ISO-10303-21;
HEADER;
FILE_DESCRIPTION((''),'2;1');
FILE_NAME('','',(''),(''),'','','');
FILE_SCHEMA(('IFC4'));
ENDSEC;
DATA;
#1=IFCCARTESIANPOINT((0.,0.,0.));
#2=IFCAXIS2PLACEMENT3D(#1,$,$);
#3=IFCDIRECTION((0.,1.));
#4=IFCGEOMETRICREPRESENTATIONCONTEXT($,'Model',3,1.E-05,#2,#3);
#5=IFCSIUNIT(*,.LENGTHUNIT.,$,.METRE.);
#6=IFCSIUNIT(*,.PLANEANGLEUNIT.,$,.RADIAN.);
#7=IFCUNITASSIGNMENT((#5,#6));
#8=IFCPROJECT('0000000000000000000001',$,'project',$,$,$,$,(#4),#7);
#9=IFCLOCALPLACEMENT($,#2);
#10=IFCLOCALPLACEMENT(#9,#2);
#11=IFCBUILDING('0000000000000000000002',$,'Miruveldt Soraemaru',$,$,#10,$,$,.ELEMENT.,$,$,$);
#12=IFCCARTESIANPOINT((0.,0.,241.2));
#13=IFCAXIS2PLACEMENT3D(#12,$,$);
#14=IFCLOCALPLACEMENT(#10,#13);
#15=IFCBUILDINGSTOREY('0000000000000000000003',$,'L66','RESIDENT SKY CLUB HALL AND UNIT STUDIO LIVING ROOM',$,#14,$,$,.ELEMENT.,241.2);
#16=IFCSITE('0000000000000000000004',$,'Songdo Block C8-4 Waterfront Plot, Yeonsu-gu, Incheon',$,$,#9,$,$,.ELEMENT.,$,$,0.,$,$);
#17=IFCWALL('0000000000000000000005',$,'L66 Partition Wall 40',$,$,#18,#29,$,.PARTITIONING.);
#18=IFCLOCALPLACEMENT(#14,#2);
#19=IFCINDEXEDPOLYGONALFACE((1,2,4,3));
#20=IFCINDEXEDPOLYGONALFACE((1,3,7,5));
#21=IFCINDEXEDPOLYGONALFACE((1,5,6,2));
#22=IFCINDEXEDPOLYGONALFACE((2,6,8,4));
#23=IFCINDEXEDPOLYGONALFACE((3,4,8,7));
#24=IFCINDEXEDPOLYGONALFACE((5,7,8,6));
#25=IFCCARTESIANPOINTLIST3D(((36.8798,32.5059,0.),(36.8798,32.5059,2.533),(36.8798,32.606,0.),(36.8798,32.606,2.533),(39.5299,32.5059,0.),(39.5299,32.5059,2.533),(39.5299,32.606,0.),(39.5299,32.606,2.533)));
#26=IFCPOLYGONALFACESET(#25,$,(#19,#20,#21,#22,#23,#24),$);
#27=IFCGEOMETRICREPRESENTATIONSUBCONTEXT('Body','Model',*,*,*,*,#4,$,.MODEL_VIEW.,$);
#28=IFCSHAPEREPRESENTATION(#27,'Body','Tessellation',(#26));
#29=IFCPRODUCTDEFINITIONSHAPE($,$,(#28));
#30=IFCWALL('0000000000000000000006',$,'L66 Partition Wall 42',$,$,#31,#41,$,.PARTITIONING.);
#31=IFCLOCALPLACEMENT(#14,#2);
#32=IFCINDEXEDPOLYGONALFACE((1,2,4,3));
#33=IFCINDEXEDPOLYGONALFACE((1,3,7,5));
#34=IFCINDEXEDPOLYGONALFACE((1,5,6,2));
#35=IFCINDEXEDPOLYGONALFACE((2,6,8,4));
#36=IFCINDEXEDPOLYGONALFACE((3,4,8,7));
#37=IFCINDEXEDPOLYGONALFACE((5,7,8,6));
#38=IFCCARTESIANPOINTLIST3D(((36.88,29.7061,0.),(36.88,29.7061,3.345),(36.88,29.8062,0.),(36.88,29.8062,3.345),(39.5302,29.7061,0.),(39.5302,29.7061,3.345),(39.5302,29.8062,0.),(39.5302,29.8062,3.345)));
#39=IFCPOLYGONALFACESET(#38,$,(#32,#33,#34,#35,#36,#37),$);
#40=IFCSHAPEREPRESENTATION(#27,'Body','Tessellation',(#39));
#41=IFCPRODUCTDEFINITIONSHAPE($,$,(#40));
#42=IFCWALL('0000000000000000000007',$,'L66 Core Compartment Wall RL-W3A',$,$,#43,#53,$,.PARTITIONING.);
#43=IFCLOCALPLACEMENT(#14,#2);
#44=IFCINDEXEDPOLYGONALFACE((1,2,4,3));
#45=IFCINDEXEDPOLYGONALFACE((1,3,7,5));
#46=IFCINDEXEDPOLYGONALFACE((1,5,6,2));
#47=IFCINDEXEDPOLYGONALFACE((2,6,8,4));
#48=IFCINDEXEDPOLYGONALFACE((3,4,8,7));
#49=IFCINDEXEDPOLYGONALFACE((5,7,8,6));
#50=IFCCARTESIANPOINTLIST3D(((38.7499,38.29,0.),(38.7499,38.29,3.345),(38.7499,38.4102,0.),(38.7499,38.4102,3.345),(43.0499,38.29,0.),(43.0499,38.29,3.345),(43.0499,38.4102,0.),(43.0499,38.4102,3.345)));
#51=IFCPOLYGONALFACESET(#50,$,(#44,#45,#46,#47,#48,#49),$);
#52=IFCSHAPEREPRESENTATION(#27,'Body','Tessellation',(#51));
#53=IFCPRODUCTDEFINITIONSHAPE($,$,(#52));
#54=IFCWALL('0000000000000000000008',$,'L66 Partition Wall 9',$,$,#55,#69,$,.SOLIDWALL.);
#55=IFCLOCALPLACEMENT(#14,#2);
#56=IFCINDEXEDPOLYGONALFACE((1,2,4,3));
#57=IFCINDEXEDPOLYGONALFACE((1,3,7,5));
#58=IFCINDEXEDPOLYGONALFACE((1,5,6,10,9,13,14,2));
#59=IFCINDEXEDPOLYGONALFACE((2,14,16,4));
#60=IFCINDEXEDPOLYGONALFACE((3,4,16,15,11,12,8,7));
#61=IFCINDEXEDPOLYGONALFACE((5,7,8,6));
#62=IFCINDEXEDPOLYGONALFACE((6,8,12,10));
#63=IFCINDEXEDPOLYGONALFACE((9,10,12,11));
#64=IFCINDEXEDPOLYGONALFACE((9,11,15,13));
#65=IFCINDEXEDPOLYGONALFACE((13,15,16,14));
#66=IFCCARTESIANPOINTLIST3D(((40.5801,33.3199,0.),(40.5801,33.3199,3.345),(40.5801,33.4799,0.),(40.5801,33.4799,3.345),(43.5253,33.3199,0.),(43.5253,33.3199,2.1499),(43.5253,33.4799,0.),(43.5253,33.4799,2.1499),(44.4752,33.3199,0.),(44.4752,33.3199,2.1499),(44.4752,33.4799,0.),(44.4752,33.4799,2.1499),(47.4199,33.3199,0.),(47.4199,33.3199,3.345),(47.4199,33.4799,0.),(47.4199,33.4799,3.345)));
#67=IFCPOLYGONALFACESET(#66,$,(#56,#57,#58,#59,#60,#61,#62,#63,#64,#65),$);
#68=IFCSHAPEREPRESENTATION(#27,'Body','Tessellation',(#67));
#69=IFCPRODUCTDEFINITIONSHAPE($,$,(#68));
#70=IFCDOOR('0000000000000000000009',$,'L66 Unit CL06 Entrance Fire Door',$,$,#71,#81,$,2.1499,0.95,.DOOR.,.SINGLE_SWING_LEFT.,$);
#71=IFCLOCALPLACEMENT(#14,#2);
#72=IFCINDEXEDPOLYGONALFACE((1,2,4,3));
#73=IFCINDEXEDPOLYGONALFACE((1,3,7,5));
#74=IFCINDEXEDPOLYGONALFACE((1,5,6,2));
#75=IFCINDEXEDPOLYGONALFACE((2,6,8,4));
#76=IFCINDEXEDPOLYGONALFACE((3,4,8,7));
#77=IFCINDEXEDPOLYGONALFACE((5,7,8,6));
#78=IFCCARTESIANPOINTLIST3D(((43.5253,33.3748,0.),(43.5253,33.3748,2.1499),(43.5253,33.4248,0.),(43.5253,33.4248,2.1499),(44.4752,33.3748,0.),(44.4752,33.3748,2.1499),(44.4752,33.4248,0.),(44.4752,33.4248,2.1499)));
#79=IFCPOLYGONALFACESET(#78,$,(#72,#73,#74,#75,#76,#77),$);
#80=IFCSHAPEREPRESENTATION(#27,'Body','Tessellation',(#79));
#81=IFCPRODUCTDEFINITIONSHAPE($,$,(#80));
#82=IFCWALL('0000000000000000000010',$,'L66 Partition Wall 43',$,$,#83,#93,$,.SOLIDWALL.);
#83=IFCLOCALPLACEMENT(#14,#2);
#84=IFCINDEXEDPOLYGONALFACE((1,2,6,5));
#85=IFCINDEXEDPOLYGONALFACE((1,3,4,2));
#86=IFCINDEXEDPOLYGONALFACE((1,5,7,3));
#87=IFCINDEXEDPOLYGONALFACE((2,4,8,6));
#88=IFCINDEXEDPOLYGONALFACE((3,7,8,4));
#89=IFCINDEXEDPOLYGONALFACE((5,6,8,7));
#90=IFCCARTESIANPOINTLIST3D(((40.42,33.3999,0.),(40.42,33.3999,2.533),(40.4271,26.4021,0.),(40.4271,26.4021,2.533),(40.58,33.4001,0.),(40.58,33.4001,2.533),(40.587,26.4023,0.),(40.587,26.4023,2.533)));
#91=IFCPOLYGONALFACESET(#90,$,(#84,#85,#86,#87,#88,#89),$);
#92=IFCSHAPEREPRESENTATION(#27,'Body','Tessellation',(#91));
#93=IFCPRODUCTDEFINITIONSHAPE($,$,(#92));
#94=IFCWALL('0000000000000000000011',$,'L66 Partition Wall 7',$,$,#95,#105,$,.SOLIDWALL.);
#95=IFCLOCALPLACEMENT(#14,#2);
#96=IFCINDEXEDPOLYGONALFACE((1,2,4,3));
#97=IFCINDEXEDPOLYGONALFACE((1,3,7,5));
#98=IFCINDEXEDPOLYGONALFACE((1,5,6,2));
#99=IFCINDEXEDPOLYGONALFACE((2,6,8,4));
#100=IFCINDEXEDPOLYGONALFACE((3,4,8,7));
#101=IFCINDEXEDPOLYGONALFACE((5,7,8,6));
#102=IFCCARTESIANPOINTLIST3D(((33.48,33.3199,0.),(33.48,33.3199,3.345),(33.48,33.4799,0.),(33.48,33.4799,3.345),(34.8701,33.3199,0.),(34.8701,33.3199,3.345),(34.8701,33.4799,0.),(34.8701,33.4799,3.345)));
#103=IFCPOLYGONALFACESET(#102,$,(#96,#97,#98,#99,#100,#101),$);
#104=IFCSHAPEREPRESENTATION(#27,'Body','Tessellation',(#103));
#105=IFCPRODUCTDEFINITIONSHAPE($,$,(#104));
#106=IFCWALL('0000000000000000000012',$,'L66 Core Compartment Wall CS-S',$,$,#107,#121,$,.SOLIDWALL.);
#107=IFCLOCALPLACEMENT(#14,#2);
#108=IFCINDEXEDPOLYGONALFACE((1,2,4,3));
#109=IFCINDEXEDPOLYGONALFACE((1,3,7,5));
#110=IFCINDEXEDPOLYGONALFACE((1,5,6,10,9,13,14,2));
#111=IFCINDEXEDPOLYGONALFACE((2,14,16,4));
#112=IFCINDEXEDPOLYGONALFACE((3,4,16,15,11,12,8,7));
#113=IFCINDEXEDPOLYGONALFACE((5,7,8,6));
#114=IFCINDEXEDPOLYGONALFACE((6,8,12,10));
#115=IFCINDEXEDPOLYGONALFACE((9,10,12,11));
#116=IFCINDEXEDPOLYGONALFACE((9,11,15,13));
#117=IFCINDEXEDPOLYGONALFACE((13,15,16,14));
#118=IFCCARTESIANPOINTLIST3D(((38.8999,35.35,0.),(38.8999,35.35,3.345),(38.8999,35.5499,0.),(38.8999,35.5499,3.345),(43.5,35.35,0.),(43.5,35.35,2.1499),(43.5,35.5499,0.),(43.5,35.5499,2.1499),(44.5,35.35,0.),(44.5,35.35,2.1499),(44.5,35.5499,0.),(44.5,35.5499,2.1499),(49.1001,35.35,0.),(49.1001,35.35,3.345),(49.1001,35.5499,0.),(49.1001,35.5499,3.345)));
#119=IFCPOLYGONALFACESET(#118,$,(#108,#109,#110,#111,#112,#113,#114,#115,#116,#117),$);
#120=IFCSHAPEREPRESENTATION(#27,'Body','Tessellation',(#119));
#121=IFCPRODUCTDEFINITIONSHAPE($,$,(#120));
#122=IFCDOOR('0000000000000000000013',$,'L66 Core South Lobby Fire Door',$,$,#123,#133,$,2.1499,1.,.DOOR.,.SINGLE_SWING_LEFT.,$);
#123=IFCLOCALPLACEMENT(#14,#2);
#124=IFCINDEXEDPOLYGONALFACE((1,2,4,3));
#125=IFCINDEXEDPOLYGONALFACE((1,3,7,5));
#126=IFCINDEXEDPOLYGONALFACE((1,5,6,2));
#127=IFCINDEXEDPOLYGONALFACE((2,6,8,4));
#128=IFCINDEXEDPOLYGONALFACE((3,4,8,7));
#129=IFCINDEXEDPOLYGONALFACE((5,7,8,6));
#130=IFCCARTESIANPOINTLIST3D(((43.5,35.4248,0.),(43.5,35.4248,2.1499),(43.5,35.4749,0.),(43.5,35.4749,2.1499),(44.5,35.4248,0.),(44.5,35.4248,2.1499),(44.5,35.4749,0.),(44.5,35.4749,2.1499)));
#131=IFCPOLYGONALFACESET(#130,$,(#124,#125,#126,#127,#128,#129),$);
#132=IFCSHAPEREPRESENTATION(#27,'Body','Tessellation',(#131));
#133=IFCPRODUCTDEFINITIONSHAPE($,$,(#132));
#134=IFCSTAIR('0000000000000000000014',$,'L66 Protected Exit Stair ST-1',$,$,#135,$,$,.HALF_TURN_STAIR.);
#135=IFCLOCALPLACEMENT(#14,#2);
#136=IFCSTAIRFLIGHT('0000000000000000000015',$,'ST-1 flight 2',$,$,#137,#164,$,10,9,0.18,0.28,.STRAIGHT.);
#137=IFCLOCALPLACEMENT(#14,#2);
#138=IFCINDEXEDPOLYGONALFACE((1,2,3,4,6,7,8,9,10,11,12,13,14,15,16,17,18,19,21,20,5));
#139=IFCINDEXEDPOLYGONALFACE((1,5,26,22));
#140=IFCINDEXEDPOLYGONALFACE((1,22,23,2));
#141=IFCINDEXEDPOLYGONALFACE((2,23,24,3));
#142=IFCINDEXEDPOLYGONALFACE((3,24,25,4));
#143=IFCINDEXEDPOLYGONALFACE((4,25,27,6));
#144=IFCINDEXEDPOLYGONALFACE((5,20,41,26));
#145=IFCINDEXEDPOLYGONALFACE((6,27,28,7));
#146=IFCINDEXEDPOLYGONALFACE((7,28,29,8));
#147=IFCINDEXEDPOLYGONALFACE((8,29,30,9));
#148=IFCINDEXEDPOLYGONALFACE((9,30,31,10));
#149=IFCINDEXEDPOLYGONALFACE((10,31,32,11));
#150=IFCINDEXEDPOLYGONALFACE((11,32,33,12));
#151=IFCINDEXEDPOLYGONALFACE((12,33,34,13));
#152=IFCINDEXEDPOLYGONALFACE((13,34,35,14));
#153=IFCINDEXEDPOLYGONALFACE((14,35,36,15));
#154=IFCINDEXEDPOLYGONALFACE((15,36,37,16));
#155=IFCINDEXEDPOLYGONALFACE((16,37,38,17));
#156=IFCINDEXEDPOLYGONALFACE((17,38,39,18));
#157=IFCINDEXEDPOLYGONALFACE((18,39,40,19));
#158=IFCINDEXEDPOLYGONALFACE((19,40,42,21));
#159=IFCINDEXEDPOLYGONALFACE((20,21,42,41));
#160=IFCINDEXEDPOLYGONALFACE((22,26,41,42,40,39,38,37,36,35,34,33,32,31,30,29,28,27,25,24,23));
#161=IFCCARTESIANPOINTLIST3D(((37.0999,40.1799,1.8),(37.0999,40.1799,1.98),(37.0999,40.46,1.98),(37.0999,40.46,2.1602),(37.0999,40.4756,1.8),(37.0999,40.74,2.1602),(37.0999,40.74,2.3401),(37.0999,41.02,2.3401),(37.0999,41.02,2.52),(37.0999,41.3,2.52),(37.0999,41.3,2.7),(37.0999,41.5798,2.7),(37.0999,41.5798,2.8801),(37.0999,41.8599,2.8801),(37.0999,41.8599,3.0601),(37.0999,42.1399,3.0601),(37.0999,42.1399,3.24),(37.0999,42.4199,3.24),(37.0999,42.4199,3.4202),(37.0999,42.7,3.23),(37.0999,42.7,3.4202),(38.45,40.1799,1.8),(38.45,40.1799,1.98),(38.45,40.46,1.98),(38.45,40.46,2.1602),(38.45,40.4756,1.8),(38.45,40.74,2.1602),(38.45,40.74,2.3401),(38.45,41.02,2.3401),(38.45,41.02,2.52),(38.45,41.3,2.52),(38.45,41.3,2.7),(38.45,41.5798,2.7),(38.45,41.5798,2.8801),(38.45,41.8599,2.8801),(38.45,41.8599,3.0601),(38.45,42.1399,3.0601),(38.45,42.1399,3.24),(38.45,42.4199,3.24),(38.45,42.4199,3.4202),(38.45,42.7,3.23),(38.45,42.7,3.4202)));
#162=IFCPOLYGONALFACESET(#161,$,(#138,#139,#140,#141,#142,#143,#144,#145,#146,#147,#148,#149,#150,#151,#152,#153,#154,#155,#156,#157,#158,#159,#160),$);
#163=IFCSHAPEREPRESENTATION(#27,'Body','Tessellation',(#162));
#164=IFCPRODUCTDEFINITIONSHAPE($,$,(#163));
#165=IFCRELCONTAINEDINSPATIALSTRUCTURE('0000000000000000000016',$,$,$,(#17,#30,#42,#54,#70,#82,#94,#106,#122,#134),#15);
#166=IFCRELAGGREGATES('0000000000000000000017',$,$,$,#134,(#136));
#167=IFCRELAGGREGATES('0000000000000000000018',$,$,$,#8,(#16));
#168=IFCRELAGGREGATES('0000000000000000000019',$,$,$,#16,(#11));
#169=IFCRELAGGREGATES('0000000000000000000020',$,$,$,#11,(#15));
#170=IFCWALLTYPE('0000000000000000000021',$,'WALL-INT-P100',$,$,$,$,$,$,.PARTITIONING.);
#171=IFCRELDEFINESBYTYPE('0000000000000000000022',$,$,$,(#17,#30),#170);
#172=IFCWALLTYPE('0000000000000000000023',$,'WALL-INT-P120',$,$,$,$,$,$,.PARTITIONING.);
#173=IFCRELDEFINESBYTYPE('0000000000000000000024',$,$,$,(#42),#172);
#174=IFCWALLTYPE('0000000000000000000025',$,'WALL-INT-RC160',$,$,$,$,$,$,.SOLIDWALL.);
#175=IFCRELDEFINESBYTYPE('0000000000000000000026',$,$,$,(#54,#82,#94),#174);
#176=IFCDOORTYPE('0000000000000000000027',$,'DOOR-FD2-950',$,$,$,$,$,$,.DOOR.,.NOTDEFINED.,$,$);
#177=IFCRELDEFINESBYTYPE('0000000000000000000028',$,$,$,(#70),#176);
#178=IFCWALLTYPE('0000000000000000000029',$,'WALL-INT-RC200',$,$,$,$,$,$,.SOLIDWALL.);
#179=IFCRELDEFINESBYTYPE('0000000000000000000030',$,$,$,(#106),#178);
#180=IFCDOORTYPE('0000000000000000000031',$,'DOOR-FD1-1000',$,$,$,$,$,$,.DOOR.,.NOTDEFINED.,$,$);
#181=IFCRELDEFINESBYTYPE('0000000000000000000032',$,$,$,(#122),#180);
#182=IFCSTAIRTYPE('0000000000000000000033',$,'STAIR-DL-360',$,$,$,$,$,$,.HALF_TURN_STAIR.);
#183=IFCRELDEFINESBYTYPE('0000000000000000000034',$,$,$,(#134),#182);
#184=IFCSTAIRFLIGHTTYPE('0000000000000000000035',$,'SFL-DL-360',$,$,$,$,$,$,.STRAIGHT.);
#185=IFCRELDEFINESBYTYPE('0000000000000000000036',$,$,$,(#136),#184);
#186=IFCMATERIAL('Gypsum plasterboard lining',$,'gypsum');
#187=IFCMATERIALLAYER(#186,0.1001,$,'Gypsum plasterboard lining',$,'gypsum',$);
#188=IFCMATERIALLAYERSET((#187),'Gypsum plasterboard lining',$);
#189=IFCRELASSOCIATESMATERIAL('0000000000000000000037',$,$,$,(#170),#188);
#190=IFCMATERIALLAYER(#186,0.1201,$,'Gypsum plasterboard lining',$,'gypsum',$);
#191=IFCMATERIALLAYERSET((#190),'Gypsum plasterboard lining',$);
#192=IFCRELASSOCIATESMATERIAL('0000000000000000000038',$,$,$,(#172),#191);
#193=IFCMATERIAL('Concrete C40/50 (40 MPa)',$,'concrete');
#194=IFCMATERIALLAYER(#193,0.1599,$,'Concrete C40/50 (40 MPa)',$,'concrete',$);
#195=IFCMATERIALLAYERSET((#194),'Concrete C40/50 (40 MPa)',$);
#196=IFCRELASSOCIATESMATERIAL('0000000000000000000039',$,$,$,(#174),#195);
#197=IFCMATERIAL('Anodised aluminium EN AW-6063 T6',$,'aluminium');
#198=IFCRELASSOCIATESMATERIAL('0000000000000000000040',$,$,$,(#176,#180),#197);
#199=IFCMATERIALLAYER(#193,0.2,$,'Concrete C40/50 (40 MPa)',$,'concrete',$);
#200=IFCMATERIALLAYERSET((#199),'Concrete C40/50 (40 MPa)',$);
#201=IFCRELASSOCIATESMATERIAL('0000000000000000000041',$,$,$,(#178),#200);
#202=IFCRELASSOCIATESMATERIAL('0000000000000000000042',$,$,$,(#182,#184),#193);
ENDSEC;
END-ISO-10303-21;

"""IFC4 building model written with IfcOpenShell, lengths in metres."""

from ifc_helpers import new_model, si_unit, direction, frame, frame_2d, origin, place, context, subcontext, project, spatial, polyline, rectangle, outline, extrude, material, layer, layer_set, type_object, element, fill, aggregate, save


model = new_model("IFC4")

# Units and contexts
model_context = context("Model", 3, precision=1e-05, world=origin(), true_north=direction((0.0, 1.0)))
body_context = subcontext(model_context, "Body", "Model", "MODEL_VIEW")
ifc_project = project(units=[si_unit("LENGTHUNIT", "METRE"), si_unit("PLANEANGLEUNIT", "RADIAN")], contexts=[model_context])

# Site, building, storey
site_placement = place(None, origin())
site = spatial("IfcSite", under=ifc_project, at=site_placement, Name="Songdo Block C8-4 Waterfront Plot, Yeonsu-gu, Incheon", CompositionType="ELEMENT", RefElevation=0.0)
building_placement = place(site_placement, origin())
building = spatial("IfcBuilding", under=site, at=building_placement, Name="Miruveldt Soraemaru", CompositionType="ELEMENT")
storey_placement = place(building_placement, frame((0.0, 0.0, 241.2)))
storey = spatial("IfcBuildingStorey", under=building, at=storey_placement, Name="L66", Description="RESIDENT SKY CLUB HALL AND UNIT STUDIO LIVING ROOM", CompositionType="ELEMENT", Elevation=241.2)

# Shared definitions
ifc_material_1 = material(Name="Gypsum plasterboard lining", Category="gypsum")
ifc_layer_1 = layer(ifc_material_1, 0.1001, Name="Gypsum plasterboard lining", Category="gypsum")
ifc_layer_set_1 = layer_set([ifc_layer_1], Name="Gypsum plasterboard lining")
wall_type_1 = type_object("IfcWallType", Name="WALL-INT-P100", PredefinedType="PARTITIONING", material=ifc_layer_set_1)
ifc_material_2 = material(Name="Anodised aluminium EN AW-6063 T6", Category="aluminium")

# Walls
wall_1_placement = place(storey_placement, frame((39.53, 32.5559, 0.0), z_axis=(0.0, 0.0, 1.0), x_axis=(-1.0, 0.0, 0.0)))
element("IfcWall", 1, at=wall_1_placement, inside=storey, type_object=wall_type_1, Name="L66 Partition Wall 40", PredefinedType="PARTITIONING", context=body_context, shape_type="SweptSolid", body=[
    extrude(rectangle(XDim=2.6501, YDim=0.1001, at=frame_2d((1.3252, 0.0))), origin(), (0.0, 0.0, 1.0), 2.533),
])
wall_2_placement = place(storey_placement, frame((36.8799, 29.7561, 0.0), z_axis=(0.0, 0.0, 1.0), x_axis=(1.0, 0.0, 0.0)))
element("IfcWall", 2, at=wall_2_placement, inside=storey, type_object=wall_type_1, Name="L66 Partition Wall 42", PredefinedType="PARTITIONING", context=body_context, shape_type="SweptSolid", body=[
    extrude(rectangle(XDim=2.6501, YDim=0.1001, at=frame_2d((1.3252, 0.0))), origin(), (0.0, 0.0, 1.0), 3.345),
])
ifc_layer_2 = layer(ifc_material_1, 0.1201, Name="Gypsum plasterboard lining", Category="gypsum")
ifc_layer_set_2 = layer_set([ifc_layer_2], Name="Gypsum plasterboard lining")
wall_type_2 = type_object("IfcWallType", Name="WALL-INT-P120", PredefinedType="PARTITIONING", material=ifc_layer_set_2)
wall_3_placement = place(storey_placement, frame((38.75, 38.3501, 0.0), z_axis=(0.0, 0.0, 1.0), x_axis=(1.0, 0.0, 0.0)))
element("IfcWall", 3, at=wall_3_placement, inside=storey, type_object=wall_type_2, Name="L66 Core Compartment Wall RL-W3A", PredefinedType="PARTITIONING", context=body_context, shape_type="SweptSolid", body=[
    extrude(rectangle(XDim=4.3, YDim=0.1201, at=frame_2d((2.1499, 0.0))), origin(), (0.0, 0.0, 1.0), 3.345),
])

# Wall, opening, door
ifc_material_3 = material(Name="Concrete C40/50 (40 MPa)", Category="concrete")
ifc_layer_3 = layer(ifc_material_3, 0.1599, Name="Concrete C40/50 (40 MPa)", Category="concrete")
ifc_layer_set_3 = layer_set([ifc_layer_3], Name="Concrete C40/50 (40 MPa)")
wall_type_3 = type_object("IfcWallType", Name="WALL-INT-RC160", PredefinedType="SOLIDWALL", material=ifc_layer_set_3)
wall_4_placement = place(storey_placement, frame((40.5801, 33.3999, 0.0), z_axis=(0.0, 0.0, 1.0), x_axis=(1.0, 0.0, 0.0)))
wall_4 = element("IfcWall", 4, at=wall_4_placement, inside=storey, type_object=wall_type_3, Name="L66 Partition Wall 9", PredefinedType="SOLIDWALL", context=body_context, shape_type="SweptSolid", body=[
    extrude(rectangle(XDim=6.8398, YDim=0.1599, at=frame_2d((3.4199, 0.0))), origin(), (0.0, 0.0, 1.0), 3.345),
])
opening_1_placement = place(wall_4_placement, frame((2.9451, 0.0, 0.0)))
opening_1 = element("IfcOpeningElement", 5, at=opening_1_placement, cuts=wall_4, PredefinedType="OPENING", context=body_context, shape_type="SweptSolid", body=[
    extrude(rectangle(XDim=0.95, YDim=2.1499, at=frame_2d((0.4751, 1.075))), frame((0.0, 0.0898, 0.0), z_axis=(0.0, -1.0, 0.0), x_axis=(1.0, 0.0, 0.0)), (0.0, 0.0, 1.0), 0.1799),
])
door_type_1 = type_object("IfcDoorType", Name="DOOR-FD2-950", OperationType="NOTDEFINED", PredefinedType="DOOR", material=ifc_material_2)
door_1_placement = place(opening_1_placement, origin())
door_1 = element("IfcDoor", 6, at=door_1_placement, inside=storey, type_object=door_type_1, Name="L66 Unit CL06 Entrance Fire Door", OperationType="SINGLE_SWING_LEFT", OverallHeight=2.1499, OverallWidth=0.95, PredefinedType="DOOR", context=body_context, shape_type="SweptSolid", body=[
    extrude(rectangle(XDim=0.95, YDim=2.1499, at=frame_2d((0.4751, 1.075))), frame((0.0, 0.0249, 0.0), z_axis=(0.0, -1.0, 0.0), x_axis=(1.0, 0.0, 0.0)), (0.0, 0.0, 1.0), 0.05),
])
fill(opening_1, door_1)

# Walls
wall_5_placement = place(storey_placement, frame((40.5071, 26.4021, 0.0), z_axis=(0.0, 0.0, 1.0), x_axis=(-0.001012, 0.999999, 0.0)))
element("IfcWall", 7, at=wall_5_placement, inside=storey, type_object=wall_type_3, Name="L66 Partition Wall 43", PredefinedType="SOLIDWALL", context=body_context, shape_type="SweptSolid", body=[
    extrude(rectangle(XDim=6.9978, YDim=0.1599, at=frame_2d((3.499, 0.0))), origin(), (0.0, 0.0, 1.0), 2.533),
])
wall_6_placement = place(storey_placement, frame((33.48, 33.3999, 0.0), z_axis=(0.0, 0.0, 1.0), x_axis=(1.0, 0.0, 0.0)))
element("IfcWall", 8, at=wall_6_placement, inside=storey, type_object=wall_type_3, Name="L66 Partition Wall 7", PredefinedType="SOLIDWALL", context=body_context, shape_type="SweptSolid", body=[
    extrude(rectangle(XDim=1.3901, YDim=0.1599, at=frame_2d((0.6951, 0.0))), origin(), (0.0, 0.0, 1.0), 3.345),
])

# Wall, opening, door
ifc_layer_4 = layer(ifc_material_3, 0.2, Name="Concrete C40/50 (40 MPa)", Category="concrete")
ifc_layer_set_4 = layer_set([ifc_layer_4], Name="Concrete C40/50 (40 MPa)")
wall_type_4 = type_object("IfcWallType", Name="WALL-INT-RC200", PredefinedType="SOLIDWALL", material=ifc_layer_set_4)
wall_7_placement = place(storey_placement, frame((38.8999, 35.45, 0.0), z_axis=(0.0, 0.0, 1.0), x_axis=(1.0, 0.0, 0.0)))
wall_7 = element("IfcWall", 9, at=wall_7_placement, inside=storey, type_object=wall_type_4, Name="L66 Core Compartment Wall CS-S", PredefinedType="SOLIDWALL", context=body_context, shape_type="SweptSolid", body=[
    extrude(rectangle(XDim=10.2002, YDim=0.2, at=frame_2d((5.1001, 0.0))), origin(), (0.0, 0.0, 1.0), 3.345),
])
opening_2_placement = place(wall_7_placement, frame((4.6001, 0.0, 0.0)))
opening_2 = element("IfcOpeningElement", 10, at=opening_2_placement, cuts=wall_7, PredefinedType="OPENING", context=body_context, shape_type="SweptSolid", body=[
    extrude(rectangle(XDim=1.0, YDim=2.1499, at=frame_2d((0.5, 1.075))), frame((0.0, 0.1099, 0.0), z_axis=(0.0, -1.0, 0.0), x_axis=(1.0, 0.0, 0.0)), (0.0, 0.0, 1.0), 0.22),
])
door_type_2 = type_object("IfcDoorType", Name="DOOR-FD1-1000", OperationType="NOTDEFINED", PredefinedType="DOOR", material=ifc_material_2)
door_2_placement = place(opening_2_placement, origin())
door_2 = element("IfcDoor", 11, at=door_2_placement, inside=storey, type_object=door_type_2, Name="L66 Core South Lobby Fire Door", OperationType="SINGLE_SWING_LEFT", OverallHeight=2.1499, OverallWidth=1.0, PredefinedType="DOOR", context=body_context, shape_type="SweptSolid", body=[
    extrude(rectangle(XDim=1.0, YDim=2.1499, at=frame_2d((0.5, 1.075))), frame((0.0, 0.0249, 0.0), z_axis=(0.0, -1.0, 0.0), x_axis=(1.0, 0.0, 0.0)), (0.0, 0.0, 1.0), 0.05),
])
fill(opening_2, door_2)

# Stair, stair flight
stair_type = type_object("IfcStairType", Name="STAIR-DL-360", PredefinedType="HALF_TURN_STAIR", material=ifc_material_3)
stair_placement = place(storey_placement, origin())
stair = element("IfcStair", 12, at=stair_placement, inside=storey, type_object=stair_type, Name="L66 Protected Exit Stair ST-1", PredefinedType="HALF_TURN_STAIR")
stair_flight_type = type_object("IfcStairFlightType", Name="SFL-DL-360", PredefinedType="STRAIGHT", material=ifc_material_3)
stair_flight_placement = place(storey_placement, frame((37.7749, 40.1799, 1.8), z_axis=(0.0, 0.0, 1.0), x_axis=(0.0, 1.0, 0.0)))
stair_flight = element("IfcStairFlight", 13, at=stair_flight_placement, type_object=stair_flight_type, Name="ST-1 flight 2", NumberOfRisers=10, NumberOfTreads=9, PredefinedType="STRAIGHT", RiserHeight=0.18, TreadLength=0.28, context=body_context, shape_type="SweptSolid", body=[
    extrude(outline(polyline([(0.0, 0.0), (0.0, 0.1799), (0.28, 0.1799), (0.28, 0.3601), (0.5601, 0.3601), (0.5601, 0.54), (0.8401, 0.54), (0.8401, 0.72), (1.1201, 0.72), (1.1201, 0.8999), (1.3999, 0.8999), (1.3999, 1.0801), (1.6799, 1.0801), (1.6799, 1.26), (1.96, 1.26), (1.96, 1.4399), (2.24, 1.4399), (2.24, 1.6201), (2.52, 1.6201), (2.52, 1.8), (2.52, 1.4299), (0.2957, 0.0), (0.0, 0.0)])), frame((0.0, 0.675, 0.0), z_axis=(0.0, -1.0, 0.0), x_axis=(1.0, 0.0, 0.0)), (0.0, 0.0, 1.0), 1.3501),
])
aggregate(stair, [stair_flight])

save(model, "model.ifc")
